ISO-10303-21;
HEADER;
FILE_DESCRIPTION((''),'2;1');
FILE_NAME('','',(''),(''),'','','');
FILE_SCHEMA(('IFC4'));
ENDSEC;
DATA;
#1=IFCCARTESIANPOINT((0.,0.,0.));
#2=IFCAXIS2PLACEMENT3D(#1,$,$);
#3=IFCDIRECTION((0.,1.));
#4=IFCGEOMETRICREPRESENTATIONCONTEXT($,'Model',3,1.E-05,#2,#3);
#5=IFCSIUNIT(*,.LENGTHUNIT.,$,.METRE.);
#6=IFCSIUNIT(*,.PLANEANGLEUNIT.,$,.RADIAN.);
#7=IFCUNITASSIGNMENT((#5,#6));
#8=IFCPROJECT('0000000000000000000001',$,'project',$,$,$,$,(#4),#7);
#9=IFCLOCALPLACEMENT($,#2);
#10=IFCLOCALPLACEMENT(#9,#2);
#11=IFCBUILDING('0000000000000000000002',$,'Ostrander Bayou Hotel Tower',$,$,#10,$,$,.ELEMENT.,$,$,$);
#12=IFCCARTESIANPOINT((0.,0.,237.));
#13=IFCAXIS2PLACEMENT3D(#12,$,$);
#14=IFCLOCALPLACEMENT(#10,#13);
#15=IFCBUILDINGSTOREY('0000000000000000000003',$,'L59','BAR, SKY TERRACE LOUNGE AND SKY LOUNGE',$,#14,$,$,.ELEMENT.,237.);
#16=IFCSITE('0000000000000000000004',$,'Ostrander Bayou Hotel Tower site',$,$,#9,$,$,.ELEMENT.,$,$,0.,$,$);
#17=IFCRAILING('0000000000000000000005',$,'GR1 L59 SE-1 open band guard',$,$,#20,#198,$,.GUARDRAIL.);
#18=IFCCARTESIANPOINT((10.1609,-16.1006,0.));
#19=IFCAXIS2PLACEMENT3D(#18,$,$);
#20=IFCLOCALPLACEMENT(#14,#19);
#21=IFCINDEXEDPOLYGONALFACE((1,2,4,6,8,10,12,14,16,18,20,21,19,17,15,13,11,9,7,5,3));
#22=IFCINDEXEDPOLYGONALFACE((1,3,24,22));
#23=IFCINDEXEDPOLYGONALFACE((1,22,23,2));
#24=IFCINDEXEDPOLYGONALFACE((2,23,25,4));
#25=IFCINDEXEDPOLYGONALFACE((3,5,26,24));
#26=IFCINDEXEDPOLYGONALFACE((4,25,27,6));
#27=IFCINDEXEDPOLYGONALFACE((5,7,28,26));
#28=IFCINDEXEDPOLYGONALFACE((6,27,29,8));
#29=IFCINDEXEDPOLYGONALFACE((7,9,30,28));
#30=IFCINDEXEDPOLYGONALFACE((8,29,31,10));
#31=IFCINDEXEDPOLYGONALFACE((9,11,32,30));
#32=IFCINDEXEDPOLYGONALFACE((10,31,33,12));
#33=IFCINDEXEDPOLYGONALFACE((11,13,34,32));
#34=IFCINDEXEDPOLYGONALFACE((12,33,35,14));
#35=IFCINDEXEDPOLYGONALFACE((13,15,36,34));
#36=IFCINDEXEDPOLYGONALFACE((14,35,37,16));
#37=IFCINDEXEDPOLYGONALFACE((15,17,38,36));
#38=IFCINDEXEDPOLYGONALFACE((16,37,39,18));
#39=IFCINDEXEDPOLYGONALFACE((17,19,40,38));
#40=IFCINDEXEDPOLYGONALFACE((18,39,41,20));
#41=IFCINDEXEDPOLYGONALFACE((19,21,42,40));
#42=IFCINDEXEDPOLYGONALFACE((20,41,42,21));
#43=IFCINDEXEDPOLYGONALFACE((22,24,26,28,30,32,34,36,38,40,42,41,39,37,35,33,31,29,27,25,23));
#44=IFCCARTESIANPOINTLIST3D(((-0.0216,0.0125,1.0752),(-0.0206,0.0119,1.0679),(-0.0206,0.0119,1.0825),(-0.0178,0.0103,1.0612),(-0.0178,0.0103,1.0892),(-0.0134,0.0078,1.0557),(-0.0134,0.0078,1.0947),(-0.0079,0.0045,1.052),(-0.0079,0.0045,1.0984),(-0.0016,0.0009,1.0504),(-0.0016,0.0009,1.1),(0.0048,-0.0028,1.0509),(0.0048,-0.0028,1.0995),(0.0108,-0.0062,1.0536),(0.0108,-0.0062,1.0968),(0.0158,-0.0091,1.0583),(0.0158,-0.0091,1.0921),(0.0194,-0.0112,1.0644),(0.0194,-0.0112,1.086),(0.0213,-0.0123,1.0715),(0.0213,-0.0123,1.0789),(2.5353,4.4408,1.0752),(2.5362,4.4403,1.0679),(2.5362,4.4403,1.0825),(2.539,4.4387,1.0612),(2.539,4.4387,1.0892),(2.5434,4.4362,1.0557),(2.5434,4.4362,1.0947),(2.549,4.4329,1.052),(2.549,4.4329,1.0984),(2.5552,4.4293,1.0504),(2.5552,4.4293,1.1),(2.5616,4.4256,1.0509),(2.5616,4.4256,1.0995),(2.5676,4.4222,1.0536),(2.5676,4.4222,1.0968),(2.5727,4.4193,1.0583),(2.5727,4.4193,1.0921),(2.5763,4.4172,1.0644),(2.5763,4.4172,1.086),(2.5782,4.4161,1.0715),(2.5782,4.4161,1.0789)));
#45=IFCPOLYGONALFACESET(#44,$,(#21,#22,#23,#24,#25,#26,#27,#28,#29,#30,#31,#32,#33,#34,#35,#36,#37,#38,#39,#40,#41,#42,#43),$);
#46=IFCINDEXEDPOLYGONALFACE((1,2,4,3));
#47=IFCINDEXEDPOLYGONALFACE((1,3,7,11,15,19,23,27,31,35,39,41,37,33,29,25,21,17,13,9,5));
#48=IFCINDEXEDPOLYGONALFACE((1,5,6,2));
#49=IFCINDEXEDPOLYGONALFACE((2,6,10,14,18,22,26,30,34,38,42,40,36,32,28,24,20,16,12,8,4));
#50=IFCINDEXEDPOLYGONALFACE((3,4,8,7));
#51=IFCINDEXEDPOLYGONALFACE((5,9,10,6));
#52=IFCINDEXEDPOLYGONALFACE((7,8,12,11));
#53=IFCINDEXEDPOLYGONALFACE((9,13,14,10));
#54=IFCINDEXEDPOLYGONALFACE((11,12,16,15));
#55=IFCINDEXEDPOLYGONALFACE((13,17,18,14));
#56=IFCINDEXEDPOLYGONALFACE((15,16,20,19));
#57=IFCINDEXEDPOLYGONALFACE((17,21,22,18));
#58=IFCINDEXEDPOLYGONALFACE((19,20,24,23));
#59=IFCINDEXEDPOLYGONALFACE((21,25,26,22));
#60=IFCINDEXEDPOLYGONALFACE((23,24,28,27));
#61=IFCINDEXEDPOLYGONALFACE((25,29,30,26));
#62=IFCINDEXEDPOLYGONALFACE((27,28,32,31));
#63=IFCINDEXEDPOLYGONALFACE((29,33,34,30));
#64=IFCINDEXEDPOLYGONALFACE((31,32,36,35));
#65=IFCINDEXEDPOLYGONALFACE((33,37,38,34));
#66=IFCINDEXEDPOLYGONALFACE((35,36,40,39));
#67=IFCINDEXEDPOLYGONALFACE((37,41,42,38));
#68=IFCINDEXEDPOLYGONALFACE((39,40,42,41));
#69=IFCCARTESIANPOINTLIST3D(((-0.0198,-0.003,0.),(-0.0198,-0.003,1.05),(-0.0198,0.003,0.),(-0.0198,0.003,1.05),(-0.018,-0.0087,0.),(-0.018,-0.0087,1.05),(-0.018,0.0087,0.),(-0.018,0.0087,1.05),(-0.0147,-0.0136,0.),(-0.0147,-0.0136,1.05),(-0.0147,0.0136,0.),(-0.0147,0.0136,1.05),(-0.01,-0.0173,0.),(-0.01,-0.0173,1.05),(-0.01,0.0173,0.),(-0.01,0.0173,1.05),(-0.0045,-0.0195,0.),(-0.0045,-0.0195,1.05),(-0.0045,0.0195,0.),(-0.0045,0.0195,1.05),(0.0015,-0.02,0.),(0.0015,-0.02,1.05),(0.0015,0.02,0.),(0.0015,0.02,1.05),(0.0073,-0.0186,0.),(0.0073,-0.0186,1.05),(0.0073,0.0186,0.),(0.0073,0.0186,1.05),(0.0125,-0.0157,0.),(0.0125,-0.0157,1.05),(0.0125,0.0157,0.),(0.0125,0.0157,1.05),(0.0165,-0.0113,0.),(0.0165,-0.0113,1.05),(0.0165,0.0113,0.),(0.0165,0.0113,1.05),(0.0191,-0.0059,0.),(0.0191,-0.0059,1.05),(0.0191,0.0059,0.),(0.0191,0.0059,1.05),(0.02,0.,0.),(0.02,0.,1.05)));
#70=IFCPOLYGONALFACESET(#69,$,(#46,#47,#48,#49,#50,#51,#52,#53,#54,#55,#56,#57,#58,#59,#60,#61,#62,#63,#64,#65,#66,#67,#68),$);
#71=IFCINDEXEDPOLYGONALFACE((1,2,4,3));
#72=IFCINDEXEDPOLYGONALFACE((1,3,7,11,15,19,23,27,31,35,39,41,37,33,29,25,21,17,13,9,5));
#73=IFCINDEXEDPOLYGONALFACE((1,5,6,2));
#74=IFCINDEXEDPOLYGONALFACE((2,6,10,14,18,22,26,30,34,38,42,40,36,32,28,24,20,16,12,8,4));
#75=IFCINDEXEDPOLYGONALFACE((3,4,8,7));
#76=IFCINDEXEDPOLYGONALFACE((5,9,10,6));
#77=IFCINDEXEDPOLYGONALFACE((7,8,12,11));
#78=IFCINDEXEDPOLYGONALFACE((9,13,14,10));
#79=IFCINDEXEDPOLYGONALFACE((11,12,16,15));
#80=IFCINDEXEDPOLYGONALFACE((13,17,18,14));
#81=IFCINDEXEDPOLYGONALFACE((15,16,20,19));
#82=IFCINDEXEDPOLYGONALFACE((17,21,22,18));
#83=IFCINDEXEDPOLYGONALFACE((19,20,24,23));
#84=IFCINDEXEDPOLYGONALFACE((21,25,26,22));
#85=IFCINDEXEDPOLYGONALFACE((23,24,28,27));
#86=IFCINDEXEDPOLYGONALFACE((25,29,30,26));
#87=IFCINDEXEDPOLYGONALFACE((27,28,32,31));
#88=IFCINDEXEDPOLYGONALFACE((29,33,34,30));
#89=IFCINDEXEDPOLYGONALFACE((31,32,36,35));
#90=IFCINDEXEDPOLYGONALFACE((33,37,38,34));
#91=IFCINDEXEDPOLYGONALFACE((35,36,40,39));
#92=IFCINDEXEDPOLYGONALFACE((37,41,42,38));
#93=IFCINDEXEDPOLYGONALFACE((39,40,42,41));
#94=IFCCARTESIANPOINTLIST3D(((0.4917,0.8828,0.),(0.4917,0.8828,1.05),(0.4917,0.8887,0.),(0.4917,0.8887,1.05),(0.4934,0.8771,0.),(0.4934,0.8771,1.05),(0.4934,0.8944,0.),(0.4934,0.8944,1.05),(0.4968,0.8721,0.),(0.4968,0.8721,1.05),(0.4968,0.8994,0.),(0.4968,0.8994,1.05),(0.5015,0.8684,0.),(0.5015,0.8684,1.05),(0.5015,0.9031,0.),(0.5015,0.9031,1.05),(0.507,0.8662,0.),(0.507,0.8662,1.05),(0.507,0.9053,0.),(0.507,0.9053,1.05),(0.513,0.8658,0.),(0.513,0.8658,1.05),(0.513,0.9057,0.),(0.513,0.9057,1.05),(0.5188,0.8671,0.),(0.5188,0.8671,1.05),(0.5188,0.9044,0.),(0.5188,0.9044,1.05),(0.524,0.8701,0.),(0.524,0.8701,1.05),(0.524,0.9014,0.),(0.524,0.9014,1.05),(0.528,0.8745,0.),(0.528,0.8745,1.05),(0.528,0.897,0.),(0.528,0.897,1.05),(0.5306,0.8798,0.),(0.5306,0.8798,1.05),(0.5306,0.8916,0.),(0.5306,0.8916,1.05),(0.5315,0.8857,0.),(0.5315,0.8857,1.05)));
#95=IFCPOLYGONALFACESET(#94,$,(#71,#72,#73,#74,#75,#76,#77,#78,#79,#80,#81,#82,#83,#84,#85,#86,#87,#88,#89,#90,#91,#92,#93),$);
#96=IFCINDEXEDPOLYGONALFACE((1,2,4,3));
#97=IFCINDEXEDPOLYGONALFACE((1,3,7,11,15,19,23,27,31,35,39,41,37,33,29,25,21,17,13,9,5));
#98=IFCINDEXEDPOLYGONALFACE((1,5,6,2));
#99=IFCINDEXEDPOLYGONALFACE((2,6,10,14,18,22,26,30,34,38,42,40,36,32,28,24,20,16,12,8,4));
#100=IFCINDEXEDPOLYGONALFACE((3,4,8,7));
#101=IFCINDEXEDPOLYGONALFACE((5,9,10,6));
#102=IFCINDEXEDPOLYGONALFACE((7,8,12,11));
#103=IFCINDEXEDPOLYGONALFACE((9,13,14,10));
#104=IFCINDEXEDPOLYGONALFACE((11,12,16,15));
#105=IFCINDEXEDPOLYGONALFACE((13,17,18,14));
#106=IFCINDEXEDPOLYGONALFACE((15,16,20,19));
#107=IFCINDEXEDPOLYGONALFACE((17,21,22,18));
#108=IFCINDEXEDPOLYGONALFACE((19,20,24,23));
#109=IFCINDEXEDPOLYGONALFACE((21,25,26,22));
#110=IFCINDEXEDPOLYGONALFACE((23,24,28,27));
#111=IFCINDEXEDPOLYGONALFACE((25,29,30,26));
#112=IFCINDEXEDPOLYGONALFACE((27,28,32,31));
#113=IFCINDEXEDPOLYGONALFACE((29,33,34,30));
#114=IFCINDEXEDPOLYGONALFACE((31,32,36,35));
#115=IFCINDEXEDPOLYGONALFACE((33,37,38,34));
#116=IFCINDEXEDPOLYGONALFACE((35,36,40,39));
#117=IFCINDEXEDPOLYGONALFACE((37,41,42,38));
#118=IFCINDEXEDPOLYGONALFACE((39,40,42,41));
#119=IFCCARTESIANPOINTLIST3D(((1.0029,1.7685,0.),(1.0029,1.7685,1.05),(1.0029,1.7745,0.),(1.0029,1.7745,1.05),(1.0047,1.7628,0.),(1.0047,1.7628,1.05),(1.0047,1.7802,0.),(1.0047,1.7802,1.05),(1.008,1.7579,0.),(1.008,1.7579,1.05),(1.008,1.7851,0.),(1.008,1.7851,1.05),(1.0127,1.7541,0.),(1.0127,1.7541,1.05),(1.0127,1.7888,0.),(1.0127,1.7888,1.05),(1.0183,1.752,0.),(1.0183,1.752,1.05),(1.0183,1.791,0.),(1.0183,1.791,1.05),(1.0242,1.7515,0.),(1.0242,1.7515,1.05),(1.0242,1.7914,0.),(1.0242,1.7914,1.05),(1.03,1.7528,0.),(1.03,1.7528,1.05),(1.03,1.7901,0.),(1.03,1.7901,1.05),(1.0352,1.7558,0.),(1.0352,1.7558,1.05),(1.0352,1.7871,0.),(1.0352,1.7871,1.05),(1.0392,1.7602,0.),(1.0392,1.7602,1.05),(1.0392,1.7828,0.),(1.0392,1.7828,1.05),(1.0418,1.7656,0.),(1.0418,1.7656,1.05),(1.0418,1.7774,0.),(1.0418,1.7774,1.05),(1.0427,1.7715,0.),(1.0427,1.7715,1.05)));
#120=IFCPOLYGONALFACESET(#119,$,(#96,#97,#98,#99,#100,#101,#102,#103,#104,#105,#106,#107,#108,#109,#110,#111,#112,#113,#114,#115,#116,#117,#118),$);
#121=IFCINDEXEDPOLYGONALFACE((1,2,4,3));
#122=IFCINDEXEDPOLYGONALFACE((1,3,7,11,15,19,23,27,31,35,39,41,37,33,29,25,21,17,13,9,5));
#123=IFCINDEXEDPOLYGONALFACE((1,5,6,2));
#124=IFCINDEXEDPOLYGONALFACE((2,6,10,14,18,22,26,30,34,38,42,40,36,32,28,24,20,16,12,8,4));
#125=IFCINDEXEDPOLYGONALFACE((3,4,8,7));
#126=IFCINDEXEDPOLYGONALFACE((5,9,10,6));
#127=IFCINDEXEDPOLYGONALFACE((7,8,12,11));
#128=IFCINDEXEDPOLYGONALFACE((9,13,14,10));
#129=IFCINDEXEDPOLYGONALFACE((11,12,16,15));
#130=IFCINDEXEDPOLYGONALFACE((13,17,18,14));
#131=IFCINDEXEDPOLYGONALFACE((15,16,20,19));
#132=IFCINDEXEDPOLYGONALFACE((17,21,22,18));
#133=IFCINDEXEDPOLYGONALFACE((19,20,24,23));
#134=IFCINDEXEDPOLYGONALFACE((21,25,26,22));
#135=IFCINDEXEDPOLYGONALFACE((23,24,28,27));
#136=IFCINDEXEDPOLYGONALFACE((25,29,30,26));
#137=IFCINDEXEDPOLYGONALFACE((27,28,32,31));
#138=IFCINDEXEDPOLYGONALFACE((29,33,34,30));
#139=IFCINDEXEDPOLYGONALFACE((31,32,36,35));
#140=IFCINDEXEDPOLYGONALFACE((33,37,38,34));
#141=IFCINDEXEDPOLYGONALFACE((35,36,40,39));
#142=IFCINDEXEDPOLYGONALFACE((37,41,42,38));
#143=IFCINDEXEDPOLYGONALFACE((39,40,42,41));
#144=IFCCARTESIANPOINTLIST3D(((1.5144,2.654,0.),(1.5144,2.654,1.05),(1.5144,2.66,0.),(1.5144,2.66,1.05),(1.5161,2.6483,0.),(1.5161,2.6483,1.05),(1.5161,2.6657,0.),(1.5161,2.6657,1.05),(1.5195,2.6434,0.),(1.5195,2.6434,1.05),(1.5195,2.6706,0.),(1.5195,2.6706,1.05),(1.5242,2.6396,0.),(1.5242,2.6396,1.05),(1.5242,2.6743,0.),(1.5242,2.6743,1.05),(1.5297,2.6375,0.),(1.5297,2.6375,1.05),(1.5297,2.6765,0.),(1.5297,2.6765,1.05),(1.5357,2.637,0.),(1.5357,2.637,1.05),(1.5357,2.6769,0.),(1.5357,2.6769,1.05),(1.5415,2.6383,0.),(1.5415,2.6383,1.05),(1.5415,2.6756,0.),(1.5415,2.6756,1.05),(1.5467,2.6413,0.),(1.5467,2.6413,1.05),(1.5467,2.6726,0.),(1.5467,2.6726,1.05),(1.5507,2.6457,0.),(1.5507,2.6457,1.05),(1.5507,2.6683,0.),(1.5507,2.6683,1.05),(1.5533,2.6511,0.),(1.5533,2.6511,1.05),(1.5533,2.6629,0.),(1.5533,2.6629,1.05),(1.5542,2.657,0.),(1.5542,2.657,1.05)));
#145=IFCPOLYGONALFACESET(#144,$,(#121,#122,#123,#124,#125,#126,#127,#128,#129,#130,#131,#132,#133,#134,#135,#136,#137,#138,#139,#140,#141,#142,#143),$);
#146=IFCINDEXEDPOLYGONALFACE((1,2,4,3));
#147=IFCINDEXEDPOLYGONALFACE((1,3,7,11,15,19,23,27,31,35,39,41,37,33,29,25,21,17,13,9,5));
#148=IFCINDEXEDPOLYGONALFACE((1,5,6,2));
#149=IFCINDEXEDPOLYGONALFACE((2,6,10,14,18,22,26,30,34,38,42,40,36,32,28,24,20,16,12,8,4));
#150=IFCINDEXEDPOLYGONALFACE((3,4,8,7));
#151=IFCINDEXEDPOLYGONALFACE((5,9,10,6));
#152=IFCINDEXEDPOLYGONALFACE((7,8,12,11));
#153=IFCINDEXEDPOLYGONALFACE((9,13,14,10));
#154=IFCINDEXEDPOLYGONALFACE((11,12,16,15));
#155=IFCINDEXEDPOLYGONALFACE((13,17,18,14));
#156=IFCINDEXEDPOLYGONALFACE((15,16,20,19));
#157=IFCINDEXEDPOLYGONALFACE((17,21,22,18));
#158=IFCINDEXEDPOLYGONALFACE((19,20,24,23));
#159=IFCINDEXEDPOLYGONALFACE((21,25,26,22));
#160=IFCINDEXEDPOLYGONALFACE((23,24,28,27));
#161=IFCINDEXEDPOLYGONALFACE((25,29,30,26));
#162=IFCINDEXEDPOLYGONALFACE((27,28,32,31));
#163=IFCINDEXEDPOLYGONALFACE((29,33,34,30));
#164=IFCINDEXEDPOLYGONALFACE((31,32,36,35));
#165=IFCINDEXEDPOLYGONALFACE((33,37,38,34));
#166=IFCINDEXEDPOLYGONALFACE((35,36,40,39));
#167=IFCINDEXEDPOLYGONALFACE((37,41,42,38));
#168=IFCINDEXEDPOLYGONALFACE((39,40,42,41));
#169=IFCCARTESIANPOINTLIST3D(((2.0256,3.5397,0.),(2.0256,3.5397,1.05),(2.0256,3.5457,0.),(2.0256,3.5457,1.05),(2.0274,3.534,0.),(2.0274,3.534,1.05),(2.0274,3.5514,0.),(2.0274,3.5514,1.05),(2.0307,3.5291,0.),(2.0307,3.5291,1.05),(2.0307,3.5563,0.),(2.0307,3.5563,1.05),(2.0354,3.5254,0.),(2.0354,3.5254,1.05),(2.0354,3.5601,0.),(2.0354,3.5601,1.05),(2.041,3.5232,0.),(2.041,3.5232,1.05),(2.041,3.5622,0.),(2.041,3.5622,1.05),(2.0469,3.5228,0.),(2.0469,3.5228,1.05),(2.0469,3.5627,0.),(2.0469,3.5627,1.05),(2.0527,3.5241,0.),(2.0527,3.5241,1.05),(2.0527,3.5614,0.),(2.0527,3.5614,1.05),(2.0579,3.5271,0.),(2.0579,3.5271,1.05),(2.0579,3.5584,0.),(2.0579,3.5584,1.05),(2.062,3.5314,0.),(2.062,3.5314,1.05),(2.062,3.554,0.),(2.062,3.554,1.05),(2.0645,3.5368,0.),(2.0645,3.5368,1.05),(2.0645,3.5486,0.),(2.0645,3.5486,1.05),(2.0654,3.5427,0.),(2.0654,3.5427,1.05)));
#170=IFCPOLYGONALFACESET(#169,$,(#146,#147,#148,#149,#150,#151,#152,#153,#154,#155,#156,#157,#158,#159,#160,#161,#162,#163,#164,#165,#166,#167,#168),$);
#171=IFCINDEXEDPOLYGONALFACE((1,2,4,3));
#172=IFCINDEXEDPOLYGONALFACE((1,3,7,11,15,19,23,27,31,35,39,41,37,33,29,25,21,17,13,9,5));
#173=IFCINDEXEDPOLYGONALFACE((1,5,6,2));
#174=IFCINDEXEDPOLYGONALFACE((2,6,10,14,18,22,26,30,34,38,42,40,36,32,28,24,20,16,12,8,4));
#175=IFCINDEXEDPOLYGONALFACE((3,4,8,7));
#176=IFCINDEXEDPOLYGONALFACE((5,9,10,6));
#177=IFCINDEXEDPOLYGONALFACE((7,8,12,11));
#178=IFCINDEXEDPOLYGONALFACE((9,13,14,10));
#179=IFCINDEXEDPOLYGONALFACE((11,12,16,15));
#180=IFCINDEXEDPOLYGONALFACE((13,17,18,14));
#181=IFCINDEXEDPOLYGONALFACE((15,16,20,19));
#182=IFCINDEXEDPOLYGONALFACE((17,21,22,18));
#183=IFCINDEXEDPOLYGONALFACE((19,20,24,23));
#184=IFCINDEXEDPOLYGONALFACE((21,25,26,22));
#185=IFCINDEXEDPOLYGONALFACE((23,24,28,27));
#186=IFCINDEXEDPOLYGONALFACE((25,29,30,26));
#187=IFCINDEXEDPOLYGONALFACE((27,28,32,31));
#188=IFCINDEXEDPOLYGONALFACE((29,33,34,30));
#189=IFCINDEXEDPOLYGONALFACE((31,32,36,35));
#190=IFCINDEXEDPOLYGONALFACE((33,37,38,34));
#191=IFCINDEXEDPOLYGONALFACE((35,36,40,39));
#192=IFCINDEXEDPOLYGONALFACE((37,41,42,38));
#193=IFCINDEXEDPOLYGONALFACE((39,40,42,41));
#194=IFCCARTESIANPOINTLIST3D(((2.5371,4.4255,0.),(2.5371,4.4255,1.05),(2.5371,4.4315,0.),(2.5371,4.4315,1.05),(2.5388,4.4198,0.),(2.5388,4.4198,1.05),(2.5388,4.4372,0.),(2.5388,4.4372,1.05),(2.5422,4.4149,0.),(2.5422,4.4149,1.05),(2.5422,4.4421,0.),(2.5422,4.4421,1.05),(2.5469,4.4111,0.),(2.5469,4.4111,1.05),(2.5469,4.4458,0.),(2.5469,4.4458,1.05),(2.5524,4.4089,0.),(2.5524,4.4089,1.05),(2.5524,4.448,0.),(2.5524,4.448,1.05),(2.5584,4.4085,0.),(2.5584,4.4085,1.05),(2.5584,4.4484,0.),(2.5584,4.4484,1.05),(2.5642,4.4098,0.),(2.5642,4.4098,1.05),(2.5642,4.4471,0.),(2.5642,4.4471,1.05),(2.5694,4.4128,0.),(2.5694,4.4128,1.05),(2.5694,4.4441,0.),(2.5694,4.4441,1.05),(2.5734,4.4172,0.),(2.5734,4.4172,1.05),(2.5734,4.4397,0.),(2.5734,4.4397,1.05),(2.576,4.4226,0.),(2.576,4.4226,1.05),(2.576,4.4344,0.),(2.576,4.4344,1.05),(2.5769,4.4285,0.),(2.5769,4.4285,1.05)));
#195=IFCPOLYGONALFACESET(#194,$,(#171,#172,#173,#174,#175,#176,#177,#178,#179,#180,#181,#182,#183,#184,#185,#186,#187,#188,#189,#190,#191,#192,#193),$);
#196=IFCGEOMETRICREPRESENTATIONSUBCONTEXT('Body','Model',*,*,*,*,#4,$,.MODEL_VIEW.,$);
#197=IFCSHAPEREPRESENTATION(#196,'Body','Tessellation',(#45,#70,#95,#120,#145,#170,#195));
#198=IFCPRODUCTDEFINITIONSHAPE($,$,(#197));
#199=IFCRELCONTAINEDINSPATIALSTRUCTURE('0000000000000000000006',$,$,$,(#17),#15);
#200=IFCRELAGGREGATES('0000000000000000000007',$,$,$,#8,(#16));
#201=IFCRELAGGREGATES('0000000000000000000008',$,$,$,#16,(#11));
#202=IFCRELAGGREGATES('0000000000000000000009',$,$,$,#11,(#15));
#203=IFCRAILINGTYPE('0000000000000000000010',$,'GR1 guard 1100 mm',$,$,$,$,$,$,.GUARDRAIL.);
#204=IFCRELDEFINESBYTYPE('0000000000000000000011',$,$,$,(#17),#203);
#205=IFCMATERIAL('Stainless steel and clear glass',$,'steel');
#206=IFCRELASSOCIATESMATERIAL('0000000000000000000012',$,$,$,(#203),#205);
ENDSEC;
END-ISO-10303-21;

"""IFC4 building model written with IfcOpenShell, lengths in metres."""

from ifc_helpers import new_model, si_unit, direction, frame, origin, origin_2d, place, context, subcontext, project, spatial, circle, extrude, material, type_object, element, save


model = new_model("IFC4")

# Units and contexts
model_context = context("Model", 3, precision=1e-05, world=origin(), true_north=direction((0.0, 1.0)))
body_context = subcontext(model_context, "Body", "Model", "MODEL_VIEW")
ifc_project = project(units=[si_unit("LENGTHUNIT", "METRE"), si_unit("PLANEANGLEUNIT", "RADIAN")], contexts=[model_context])

# Site, building, storey
site_placement = place(None, origin())
site = spatial("IfcSite", under=ifc_project, at=site_placement, Name="Ostrander Bayou Hotel Tower site", CompositionType="ELEMENT", RefElevation=0.0)
building_placement = place(site_placement, origin())
building = spatial("IfcBuilding", under=site, at=building_placement, Name="Ostrander Bayou Hotel Tower", CompositionType="ELEMENT")
storey_placement = place(building_placement, frame((0.0, 0.0, 237.0)))
storey = spatial("IfcBuildingStorey", under=building, at=storey_placement, Name="L59", Description="BAR, SKY TERRACE LOUNGE AND SKY LOUNGE", CompositionType="ELEMENT", Elevation=237.0)

# Railing
ifc_material_1 = material(Name="Stainless steel and clear glass", Category="steel")
railing_type_1 = type_object("IfcRailingType", Name="GR1 guard 1100 mm", PredefinedType="GUARDRAIL", material=ifc_material_1)
railing_1_placement = place(storey_placement, frame((10.1609, -16.1006, 0.0)))
element("IfcRailing", 1, at=railing_1_placement, inside=storey, type_object=railing_type_1, Name="GR1 L59 SE-1 open band guard", PredefinedType="GUARDRAIL", context=body_context, shape_type="SweptSolid", body=[
    extrude(circle(Radius=0.0249, at=origin_2d()), frame((0.0, 0.0, 1.0752), z_axis=(0.500016, 0.866016, 0.0), x_axis=(-0.866016, 0.500016, 0.0)), (0.0, 0.0, 1.0), 5.1135),
    extrude(circle(Radius=0.02, at=origin_2d()), origin(), (0.0, 0.0, 1.0), 1.05),
    extrude(circle(Radius=0.02, at=origin_2d()), frame((0.5115, 0.8857, 0.0)), (0.0, 0.0, 1.0), 1.05),
    extrude(circle(Radius=0.02, at=origin_2d()), frame((1.0227, 1.7715, 0.0)), (0.0, 0.0, 1.0), 1.05),
    extrude(circle(Radius=0.02, at=origin_2d()), frame((1.5342, 2.657, 0.0)), (0.0, 0.0, 1.0), 1.05),
    extrude(circle(Radius=0.02, at=origin_2d()), frame((2.0454, 3.5427, 0.0)), (0.0, 0.0, 1.0), 1.05),
    extrude(circle(Radius=0.02, at=origin_2d()), frame((2.5569, 4.4285, 0.0)), (0.0, 0.0, 1.0), 1.05),
])

save(model, "model.ifc")
